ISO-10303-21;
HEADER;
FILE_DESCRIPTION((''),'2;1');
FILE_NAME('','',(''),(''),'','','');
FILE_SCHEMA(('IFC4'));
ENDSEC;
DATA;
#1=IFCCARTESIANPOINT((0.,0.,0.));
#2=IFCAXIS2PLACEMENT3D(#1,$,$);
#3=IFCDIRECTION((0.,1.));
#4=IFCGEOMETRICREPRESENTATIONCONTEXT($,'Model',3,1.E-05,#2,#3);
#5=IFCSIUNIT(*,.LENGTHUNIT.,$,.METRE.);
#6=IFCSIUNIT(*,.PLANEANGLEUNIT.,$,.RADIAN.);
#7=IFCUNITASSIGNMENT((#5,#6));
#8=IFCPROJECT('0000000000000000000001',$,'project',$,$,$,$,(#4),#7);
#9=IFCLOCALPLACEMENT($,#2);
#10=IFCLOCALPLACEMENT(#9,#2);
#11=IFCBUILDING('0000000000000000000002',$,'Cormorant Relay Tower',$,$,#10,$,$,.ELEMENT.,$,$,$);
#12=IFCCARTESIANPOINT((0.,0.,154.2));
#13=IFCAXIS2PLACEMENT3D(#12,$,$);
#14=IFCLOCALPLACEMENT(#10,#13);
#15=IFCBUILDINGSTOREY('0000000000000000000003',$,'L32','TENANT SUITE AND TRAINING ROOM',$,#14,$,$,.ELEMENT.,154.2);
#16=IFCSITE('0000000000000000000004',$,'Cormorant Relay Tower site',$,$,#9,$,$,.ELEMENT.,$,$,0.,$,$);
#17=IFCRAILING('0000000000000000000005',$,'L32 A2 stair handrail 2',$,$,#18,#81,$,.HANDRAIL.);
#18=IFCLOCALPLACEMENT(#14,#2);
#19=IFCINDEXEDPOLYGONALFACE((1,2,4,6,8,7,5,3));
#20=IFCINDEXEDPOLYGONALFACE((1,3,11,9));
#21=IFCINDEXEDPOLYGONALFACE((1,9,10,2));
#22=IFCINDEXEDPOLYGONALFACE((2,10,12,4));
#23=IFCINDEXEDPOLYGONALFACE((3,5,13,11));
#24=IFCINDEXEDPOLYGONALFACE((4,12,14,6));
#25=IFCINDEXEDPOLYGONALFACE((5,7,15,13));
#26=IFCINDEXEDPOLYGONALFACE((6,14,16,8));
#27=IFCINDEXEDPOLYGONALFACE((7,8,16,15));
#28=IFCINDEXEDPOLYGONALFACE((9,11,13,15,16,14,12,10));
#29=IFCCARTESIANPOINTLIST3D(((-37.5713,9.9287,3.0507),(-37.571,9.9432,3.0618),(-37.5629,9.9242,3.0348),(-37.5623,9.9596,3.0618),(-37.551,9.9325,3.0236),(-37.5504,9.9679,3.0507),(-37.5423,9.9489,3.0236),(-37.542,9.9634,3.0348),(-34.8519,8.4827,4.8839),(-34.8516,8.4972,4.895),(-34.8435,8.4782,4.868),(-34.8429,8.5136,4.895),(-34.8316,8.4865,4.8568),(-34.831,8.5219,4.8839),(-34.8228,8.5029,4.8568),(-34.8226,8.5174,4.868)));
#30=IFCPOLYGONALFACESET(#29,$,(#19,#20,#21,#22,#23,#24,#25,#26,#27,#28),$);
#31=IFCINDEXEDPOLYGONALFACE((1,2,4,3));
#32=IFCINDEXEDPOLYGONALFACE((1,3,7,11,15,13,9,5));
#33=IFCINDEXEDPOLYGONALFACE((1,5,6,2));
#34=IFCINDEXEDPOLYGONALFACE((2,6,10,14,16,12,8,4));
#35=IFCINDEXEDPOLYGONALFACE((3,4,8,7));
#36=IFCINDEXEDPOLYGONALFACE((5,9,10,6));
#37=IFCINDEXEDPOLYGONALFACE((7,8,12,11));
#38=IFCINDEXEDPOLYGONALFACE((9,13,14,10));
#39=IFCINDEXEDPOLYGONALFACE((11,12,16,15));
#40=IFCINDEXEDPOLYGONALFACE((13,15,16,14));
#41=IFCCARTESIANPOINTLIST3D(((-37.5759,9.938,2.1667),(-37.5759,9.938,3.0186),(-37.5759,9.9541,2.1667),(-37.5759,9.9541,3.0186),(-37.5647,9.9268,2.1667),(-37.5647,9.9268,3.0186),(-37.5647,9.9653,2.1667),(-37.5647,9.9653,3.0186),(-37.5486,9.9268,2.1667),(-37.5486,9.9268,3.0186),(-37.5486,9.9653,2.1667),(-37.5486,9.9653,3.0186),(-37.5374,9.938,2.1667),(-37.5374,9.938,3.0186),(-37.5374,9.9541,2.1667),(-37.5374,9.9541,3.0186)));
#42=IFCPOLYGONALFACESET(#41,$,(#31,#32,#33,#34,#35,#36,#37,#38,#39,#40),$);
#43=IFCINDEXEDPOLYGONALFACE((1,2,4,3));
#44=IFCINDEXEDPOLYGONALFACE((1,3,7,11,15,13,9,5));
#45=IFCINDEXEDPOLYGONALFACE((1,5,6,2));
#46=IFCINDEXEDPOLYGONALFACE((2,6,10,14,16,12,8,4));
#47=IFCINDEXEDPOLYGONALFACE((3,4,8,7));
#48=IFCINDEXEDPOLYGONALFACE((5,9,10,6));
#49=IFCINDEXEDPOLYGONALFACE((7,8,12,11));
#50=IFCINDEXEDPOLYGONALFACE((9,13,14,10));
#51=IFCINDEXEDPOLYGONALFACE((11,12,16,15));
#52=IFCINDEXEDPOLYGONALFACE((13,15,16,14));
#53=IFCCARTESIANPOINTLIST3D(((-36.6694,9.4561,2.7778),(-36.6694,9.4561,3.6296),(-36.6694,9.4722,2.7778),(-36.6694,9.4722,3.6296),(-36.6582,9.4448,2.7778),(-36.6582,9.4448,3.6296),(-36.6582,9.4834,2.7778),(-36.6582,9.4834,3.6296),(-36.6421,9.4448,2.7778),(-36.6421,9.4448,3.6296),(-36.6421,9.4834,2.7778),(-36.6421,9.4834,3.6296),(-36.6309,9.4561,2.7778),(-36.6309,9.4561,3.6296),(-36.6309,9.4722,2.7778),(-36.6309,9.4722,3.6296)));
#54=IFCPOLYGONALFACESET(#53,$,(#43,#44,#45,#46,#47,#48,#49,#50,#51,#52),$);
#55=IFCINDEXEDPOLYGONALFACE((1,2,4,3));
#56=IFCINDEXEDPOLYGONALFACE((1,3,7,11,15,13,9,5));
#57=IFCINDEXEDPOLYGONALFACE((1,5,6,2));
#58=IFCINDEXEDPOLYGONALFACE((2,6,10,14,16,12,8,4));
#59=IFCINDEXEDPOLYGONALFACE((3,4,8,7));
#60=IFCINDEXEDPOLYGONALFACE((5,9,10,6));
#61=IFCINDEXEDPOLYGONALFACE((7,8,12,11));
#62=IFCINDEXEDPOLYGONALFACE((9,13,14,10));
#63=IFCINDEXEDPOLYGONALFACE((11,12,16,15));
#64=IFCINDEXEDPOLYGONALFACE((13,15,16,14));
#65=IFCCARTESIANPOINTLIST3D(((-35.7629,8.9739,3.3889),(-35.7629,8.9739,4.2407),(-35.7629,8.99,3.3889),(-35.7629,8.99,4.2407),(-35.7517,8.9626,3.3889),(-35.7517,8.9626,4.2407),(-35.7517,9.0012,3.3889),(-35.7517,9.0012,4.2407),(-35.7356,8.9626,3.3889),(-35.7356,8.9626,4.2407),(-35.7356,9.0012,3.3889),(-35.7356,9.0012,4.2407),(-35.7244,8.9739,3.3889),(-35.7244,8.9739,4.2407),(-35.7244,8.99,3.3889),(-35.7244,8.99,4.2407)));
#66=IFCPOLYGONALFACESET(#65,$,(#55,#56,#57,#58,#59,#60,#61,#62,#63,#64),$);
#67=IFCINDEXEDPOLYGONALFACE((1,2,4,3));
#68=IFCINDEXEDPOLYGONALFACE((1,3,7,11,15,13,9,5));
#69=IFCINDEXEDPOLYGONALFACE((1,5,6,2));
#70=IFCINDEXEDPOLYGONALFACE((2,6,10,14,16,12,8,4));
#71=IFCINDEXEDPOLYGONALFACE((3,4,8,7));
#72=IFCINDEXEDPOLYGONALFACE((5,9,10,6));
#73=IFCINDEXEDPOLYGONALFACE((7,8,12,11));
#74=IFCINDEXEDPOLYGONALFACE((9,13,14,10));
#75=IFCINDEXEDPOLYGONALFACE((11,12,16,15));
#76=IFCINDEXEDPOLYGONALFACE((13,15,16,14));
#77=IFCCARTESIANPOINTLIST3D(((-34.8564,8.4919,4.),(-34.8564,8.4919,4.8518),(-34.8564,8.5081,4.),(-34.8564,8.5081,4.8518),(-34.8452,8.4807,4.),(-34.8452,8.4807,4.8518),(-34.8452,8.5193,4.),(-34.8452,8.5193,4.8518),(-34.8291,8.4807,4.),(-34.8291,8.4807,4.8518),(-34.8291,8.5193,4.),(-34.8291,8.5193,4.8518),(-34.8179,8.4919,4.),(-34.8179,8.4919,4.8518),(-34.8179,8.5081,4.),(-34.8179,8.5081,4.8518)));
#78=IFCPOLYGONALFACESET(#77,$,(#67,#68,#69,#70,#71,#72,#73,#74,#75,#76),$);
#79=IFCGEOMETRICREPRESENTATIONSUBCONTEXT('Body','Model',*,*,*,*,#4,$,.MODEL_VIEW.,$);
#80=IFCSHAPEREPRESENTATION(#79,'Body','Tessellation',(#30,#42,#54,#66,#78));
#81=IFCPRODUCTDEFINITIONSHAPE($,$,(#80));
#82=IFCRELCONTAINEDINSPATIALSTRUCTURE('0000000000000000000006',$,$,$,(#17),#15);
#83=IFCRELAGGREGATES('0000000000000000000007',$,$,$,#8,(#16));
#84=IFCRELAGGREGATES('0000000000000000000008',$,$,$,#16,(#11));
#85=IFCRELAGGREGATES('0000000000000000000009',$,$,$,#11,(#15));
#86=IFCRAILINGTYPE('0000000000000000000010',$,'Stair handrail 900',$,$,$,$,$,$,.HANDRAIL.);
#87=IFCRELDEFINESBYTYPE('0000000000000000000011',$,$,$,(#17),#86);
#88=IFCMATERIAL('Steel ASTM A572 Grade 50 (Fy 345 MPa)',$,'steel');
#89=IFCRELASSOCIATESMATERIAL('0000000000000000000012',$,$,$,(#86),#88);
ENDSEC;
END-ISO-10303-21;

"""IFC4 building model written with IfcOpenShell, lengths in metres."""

from ifc_helpers import new_model, si_unit, direction, frame, origin, place, context, subcontext, project, spatial, polyline, outline, extrude, material, type_object, element, save


model = new_model("IFC4")

# Units and contexts
model_context = context("Model", 3, precision=1e-05, world=origin(), true_north=direction((0.0, 1.0)))
body_context = subcontext(model_context, "Body", "Model", "MODEL_VIEW")
ifc_project = project(units=[si_unit("LENGTHUNIT", "METRE"), si_unit("PLANEANGLEUNIT", "RADIAN")], contexts=[model_context])

# Site, building, storey
site_placement = place(None, origin())
site = spatial("IfcSite", under=ifc_project, at=site_placement, Name="Cormorant Relay Tower site", CompositionType="ELEMENT", RefElevation=0.0)
building_placement = place(site_placement, origin())
building = spatial("IfcBuilding", under=site, at=building_placement, Name="Cormorant Relay Tower", CompositionType="ELEMENT")
storey_placement = place(building_placement, frame((0.0, 0.0, 154.2)))
storey = spatial("IfcBuildingStorey", under=building, at=storey_placement, Name="L32", Description="TENANT SUITE AND TRAINING ROOM", CompositionType="ELEMENT", Elevation=154.2)

# Railing
ifc_material_1 = material(Name="Steel ASTM A572 Grade 50 (Fy 345 MPa)", Category="steel")
railing_type_1 = type_object("IfcRailingType", Name="Stair handrail 900", PredefinedType="HANDRAIL", material=ifc_material_1)
railing_1_placement = place(storey_placement, frame((-37.5566, 9.946, 2.1667)))
element("IfcRailing", 1, at=railing_1_placement, inside=storey, type_object=railing_type_1, Name="L32 A2 stair handrail 2", PredefinedType="HANDRAIL", context=body_context, shape_type="SweptSolid", body=[
    extrude(outline(polyline([(0.0222, 0.0093), (0.0093, 0.0222), (-0.0093, 0.0222), (-0.0222, 0.0093), (-0.0222, -0.0093), (-0.0093, -0.0222), (0.0093, -0.0222), (0.0222, -0.0093), (0.0222, 0.0093)])), frame((0.0, 0.0, 0.876), z_axis=(0.758714, -0.403435, 0.511463), x_axis=(0.469489, 0.882938, 0.0)), (0.0, 0.0, 1.0), 3.5842),
    extrude(outline(polyline([(0.0193, 0.0081), (0.0081, 0.0193), (-0.0081, 0.0193), (-0.0193, 0.0081), (-0.0193, -0.0081), (-0.0081, -0.0193), (0.0081, -0.0193), (0.0193, -0.0081), (0.0193, 0.0081)])), origin(), (0.0, 0.0, 1.0), 0.8518),
    extrude(outline(polyline([(0.0193, 0.0081), (0.0081, 0.0193), (-0.0081, 0.0193), (-0.0193, 0.0081), (-0.0193, -0.0081), (-0.0081, -0.0193), (0.0081, -0.0193), (0.0193, -0.0081), (0.0193, 0.0081)])), frame((0.9065, -0.4819, 0.6111)), (0.0, 0.0, 1.0), 0.8518),
    extrude(outline(polyline([(0.0193, 0.0081), (0.0081, 0.0193), (-0.0081, 0.0193), (-0.0193, 0.0081), (-0.0193, -0.0081), (-0.0081, -0.0193), (0.0081, -0.0193), (0.0193, -0.0081), (0.0193, 0.0081)])), frame((1.813, -0.9641, 1.2222)), (0.0, 0.0, 1.0), 0.8518),
    extrude(outline(polyline([(0.0193, 0.0081), (0.0081, 0.0193), (-0.0081, 0.0193), (-0.0193, 0.0081), (-0.0193, -0.0081), (-0.0081, -0.0193), (0.0081, -0.0193), (0.0193, -0.0081), (0.0193, 0.0081)])), frame((2.7195, -1.446, 1.8333)), (0.0, 0.0, 1.0), 0.8518),
])

save(model, "model.ifc")
